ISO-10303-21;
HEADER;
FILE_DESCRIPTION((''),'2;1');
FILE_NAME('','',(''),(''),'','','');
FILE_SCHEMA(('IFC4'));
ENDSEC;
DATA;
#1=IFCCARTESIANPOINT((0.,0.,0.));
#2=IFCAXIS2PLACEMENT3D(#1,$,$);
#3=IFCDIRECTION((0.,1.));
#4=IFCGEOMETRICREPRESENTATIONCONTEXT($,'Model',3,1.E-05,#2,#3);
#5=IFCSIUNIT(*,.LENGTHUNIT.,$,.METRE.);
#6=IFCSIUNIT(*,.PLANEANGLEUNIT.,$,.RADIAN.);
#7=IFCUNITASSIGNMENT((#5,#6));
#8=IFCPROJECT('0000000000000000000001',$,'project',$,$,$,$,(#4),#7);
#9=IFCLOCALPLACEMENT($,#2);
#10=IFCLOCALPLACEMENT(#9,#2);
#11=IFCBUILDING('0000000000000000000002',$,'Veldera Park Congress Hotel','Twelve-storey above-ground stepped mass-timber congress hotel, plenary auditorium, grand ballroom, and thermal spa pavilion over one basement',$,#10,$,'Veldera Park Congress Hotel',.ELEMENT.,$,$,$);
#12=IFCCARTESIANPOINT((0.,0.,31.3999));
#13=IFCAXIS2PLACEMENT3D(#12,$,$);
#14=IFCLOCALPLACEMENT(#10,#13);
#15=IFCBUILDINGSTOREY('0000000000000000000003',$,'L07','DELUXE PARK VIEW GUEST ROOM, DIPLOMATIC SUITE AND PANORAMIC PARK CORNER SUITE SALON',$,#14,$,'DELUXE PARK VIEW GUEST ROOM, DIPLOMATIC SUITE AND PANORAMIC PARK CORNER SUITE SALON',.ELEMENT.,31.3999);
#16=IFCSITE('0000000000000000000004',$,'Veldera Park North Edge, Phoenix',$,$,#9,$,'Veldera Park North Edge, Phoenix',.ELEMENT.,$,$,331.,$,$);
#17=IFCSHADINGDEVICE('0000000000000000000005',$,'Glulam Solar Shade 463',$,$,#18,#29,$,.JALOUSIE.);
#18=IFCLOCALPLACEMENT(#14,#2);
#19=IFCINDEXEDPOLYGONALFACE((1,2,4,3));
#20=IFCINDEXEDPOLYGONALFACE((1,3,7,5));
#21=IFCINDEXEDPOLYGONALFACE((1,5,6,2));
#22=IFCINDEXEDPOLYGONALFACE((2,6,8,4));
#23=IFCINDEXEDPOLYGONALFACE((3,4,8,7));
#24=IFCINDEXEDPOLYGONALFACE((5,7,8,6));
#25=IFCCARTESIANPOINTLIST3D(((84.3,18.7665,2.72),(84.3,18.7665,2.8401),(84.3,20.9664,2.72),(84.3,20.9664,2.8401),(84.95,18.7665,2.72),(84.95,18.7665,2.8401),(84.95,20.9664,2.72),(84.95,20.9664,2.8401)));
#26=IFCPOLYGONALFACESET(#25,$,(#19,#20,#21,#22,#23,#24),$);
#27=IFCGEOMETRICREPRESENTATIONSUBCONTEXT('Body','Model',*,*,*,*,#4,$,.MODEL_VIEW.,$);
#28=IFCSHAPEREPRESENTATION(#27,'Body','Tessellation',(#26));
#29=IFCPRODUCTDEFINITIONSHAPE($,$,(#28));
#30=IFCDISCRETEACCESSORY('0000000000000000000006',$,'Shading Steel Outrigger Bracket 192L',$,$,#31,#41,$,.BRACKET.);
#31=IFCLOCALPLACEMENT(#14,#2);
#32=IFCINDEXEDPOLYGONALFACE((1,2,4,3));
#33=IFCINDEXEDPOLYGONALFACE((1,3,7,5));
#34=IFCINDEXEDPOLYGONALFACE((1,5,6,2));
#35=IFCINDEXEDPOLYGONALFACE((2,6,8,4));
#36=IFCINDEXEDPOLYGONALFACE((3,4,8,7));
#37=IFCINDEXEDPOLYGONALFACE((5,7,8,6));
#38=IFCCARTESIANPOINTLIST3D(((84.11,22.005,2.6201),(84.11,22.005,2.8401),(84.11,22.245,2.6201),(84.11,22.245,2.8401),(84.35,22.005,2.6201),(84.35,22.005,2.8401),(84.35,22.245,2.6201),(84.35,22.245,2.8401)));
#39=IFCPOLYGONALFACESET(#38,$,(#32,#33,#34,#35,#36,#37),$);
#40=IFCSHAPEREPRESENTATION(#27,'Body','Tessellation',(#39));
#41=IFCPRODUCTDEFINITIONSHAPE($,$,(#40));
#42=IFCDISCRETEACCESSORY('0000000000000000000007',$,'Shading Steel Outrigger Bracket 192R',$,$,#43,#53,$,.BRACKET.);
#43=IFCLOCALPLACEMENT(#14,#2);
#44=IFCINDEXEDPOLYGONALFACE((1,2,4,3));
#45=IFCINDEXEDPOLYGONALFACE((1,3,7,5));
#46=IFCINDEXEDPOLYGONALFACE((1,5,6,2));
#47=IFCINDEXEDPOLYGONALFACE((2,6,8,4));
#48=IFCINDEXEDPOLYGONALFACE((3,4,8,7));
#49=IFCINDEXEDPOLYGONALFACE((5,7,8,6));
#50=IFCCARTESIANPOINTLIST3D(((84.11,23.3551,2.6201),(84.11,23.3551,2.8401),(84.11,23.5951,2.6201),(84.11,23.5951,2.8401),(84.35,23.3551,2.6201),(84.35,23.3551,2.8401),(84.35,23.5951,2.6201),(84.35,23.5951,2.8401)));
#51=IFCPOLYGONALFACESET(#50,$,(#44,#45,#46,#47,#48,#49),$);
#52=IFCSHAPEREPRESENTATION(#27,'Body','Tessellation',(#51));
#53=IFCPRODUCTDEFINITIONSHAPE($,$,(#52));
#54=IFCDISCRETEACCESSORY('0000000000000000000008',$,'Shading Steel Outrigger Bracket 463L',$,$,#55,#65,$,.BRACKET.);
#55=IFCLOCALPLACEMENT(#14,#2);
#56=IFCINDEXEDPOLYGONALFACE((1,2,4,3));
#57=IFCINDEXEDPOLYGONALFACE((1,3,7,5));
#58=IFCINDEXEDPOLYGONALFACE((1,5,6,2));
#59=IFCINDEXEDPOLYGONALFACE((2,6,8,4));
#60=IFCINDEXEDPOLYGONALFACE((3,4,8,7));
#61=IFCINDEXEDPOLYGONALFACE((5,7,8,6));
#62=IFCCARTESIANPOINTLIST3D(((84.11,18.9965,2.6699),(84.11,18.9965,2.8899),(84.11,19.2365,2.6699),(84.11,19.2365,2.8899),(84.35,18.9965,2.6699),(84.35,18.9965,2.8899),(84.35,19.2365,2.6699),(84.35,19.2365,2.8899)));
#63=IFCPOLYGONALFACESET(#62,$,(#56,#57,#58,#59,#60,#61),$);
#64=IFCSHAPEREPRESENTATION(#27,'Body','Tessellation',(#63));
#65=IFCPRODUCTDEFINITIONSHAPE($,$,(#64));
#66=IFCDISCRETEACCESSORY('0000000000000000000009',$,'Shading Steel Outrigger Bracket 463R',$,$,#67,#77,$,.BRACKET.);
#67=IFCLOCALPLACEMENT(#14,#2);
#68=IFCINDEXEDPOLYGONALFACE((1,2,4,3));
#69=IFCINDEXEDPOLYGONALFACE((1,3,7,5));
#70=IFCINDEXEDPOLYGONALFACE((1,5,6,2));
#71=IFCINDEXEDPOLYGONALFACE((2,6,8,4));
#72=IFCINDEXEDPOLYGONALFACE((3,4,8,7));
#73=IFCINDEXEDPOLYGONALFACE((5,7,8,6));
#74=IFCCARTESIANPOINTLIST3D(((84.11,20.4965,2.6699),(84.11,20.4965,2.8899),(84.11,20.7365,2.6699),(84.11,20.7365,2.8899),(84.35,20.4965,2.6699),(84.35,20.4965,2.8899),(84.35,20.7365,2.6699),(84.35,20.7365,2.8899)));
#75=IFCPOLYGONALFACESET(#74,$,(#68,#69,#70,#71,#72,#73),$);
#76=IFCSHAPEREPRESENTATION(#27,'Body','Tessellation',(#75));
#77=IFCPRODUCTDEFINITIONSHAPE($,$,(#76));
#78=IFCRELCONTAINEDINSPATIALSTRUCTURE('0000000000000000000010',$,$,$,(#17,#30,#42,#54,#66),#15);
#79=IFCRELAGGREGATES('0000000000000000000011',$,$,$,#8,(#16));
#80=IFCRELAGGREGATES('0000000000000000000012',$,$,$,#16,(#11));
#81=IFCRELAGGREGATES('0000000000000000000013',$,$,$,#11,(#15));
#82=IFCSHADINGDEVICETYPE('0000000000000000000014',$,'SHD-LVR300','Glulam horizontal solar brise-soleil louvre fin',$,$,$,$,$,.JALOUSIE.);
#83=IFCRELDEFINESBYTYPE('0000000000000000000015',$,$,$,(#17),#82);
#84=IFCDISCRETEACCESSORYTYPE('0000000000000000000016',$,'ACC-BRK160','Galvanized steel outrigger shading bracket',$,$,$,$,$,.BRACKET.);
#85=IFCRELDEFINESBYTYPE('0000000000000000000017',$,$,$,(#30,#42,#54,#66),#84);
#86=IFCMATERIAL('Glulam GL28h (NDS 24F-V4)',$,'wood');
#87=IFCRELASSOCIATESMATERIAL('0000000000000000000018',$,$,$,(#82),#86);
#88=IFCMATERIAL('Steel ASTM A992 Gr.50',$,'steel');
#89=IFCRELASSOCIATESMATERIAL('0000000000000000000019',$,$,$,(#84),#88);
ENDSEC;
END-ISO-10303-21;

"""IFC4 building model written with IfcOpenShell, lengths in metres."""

from ifc_helpers import new_model, si_unit, direction, frame, origin, origin_2d, place, context, subcontext, project, spatial, rectangle, extrude, material, type_object, element, save


model = new_model("IFC4")

# Units and contexts
model_context = context("Model", 3, precision=1e-05, world=origin(), true_north=direction((0.0, 1.0)))
body_context = subcontext(model_context, "Body", "Model", "MODEL_VIEW")
ifc_project = project(units=[si_unit("LENGTHUNIT", "METRE"), si_unit("PLANEANGLEUNIT", "RADIAN")], contexts=[model_context])

# Site, building, storey
site_placement = place(None, origin())
site = spatial("IfcSite", under=ifc_project, at=site_placement, Name="Veldera Park North Edge, Phoenix", LongName="Veldera Park North Edge, Phoenix", CompositionType="ELEMENT", RefElevation=331.0)
building_placement = place(site_placement, origin())
building = spatial("IfcBuilding", under=site, at=building_placement, Name="Veldera Park Congress Hotel", Description="Twelve-storey above-ground stepped mass-timber congress hotel, plenary auditorium, grand ballroom, and thermal spa pavilion over one basement", LongName="Veldera Park Congress Hotel", CompositionType="ELEMENT")
storey_placement = place(building_placement, frame((0.0, 0.0, 31.3999)))
storey = spatial("IfcBuildingStorey", under=building, at=storey_placement, Name="L07", Description="DELUXE PARK VIEW GUEST ROOM, DIPLOMATIC SUITE AND PANORAMIC PARK CORNER SUITE SALON", LongName="DELUXE PARK VIEW GUEST ROOM, DIPLOMATIC SUITE AND PANORAMIC PARK CORNER SUITE SALON", CompositionType="ELEMENT", Elevation=31.3999)

# Shared definitions
ifc_material_1 = material(Name="Glulam GL28h (NDS 24F-V4)", Category="wood")

# Shading device
shading_device_type = type_object("IfcShadingDeviceType", Name="SHD-LVR300", Description="Glulam horizontal solar brise-soleil louvre fin", PredefinedType="JALOUSIE", material=ifc_material_1)
shading_device_1_placement = place(storey_placement, frame((84.625, 19.8665, 2.72), z_axis=(0.0, 0.0, 1.0), x_axis=(0.0, 1.0, 0.0)))
element("IfcShadingDevice", 1, at=shading_device_1_placement, inside=storey, type_object=shading_device_type, Name="Glulam Solar Shade 463", PredefinedType="JALOUSIE", context=body_context, shape_type="SweptSolid", body=[
    extrude(rectangle(XDim=2.2, YDim=0.6499, at=origin_2d()), origin(), (0.0, 0.0, 1.0), 0.1201),
])

# Discrete accessories
ifc_material_2 = material(Name="Steel ASTM A992 Gr.50", Category="steel")
discrete_accessory_type = type_object("IfcDiscreteAccessoryType", Name="ACC-BRK160", Description="Galvanized steel outrigger shading bracket", PredefinedType="BRACKET", material=ifc_material_2)
for number, where, z_axis, x_axis, name in (
    (2, (84.23, 22.125, 2.6201), (0.0, 0.0, 1.0), (0.0, 1.0, 0.0), "Shading Steel Outrigger Bracket 192L"),
    (3, (84.23, 23.4751, 2.6201), (0.0, 0.0, 1.0), (0.0, 1.0, 0.0), "Shading Steel Outrigger Bracket 192R"),
    (4, (84.23, 19.1165, 2.6699), (0.0, 0.0, 1.0), (0.0, 1.0, 0.0), "Shading Steel Outrigger Bracket 463L"),
    (5, (84.23, 20.6165, 2.6699), (0.0, 0.0, 1.0), (0.0, 1.0, 0.0), "Shading Steel Outrigger Bracket 463R"),
):
    element("IfcDiscreteAccessory", number, at=place(storey_placement, frame(where, z_axis=z_axis, x_axis=x_axis)), inside=storey, type_object=discrete_accessory_type, Name=name, PredefinedType="BRACKET", context=body_context, shape_type="SweptSolid", body=[
        extrude(rectangle(XDim=0.24, YDim=0.24, at=origin_2d()), origin(), (0.0, 0.0, 1.0), 0.22),
    ])

save(model, "model.ifc")
